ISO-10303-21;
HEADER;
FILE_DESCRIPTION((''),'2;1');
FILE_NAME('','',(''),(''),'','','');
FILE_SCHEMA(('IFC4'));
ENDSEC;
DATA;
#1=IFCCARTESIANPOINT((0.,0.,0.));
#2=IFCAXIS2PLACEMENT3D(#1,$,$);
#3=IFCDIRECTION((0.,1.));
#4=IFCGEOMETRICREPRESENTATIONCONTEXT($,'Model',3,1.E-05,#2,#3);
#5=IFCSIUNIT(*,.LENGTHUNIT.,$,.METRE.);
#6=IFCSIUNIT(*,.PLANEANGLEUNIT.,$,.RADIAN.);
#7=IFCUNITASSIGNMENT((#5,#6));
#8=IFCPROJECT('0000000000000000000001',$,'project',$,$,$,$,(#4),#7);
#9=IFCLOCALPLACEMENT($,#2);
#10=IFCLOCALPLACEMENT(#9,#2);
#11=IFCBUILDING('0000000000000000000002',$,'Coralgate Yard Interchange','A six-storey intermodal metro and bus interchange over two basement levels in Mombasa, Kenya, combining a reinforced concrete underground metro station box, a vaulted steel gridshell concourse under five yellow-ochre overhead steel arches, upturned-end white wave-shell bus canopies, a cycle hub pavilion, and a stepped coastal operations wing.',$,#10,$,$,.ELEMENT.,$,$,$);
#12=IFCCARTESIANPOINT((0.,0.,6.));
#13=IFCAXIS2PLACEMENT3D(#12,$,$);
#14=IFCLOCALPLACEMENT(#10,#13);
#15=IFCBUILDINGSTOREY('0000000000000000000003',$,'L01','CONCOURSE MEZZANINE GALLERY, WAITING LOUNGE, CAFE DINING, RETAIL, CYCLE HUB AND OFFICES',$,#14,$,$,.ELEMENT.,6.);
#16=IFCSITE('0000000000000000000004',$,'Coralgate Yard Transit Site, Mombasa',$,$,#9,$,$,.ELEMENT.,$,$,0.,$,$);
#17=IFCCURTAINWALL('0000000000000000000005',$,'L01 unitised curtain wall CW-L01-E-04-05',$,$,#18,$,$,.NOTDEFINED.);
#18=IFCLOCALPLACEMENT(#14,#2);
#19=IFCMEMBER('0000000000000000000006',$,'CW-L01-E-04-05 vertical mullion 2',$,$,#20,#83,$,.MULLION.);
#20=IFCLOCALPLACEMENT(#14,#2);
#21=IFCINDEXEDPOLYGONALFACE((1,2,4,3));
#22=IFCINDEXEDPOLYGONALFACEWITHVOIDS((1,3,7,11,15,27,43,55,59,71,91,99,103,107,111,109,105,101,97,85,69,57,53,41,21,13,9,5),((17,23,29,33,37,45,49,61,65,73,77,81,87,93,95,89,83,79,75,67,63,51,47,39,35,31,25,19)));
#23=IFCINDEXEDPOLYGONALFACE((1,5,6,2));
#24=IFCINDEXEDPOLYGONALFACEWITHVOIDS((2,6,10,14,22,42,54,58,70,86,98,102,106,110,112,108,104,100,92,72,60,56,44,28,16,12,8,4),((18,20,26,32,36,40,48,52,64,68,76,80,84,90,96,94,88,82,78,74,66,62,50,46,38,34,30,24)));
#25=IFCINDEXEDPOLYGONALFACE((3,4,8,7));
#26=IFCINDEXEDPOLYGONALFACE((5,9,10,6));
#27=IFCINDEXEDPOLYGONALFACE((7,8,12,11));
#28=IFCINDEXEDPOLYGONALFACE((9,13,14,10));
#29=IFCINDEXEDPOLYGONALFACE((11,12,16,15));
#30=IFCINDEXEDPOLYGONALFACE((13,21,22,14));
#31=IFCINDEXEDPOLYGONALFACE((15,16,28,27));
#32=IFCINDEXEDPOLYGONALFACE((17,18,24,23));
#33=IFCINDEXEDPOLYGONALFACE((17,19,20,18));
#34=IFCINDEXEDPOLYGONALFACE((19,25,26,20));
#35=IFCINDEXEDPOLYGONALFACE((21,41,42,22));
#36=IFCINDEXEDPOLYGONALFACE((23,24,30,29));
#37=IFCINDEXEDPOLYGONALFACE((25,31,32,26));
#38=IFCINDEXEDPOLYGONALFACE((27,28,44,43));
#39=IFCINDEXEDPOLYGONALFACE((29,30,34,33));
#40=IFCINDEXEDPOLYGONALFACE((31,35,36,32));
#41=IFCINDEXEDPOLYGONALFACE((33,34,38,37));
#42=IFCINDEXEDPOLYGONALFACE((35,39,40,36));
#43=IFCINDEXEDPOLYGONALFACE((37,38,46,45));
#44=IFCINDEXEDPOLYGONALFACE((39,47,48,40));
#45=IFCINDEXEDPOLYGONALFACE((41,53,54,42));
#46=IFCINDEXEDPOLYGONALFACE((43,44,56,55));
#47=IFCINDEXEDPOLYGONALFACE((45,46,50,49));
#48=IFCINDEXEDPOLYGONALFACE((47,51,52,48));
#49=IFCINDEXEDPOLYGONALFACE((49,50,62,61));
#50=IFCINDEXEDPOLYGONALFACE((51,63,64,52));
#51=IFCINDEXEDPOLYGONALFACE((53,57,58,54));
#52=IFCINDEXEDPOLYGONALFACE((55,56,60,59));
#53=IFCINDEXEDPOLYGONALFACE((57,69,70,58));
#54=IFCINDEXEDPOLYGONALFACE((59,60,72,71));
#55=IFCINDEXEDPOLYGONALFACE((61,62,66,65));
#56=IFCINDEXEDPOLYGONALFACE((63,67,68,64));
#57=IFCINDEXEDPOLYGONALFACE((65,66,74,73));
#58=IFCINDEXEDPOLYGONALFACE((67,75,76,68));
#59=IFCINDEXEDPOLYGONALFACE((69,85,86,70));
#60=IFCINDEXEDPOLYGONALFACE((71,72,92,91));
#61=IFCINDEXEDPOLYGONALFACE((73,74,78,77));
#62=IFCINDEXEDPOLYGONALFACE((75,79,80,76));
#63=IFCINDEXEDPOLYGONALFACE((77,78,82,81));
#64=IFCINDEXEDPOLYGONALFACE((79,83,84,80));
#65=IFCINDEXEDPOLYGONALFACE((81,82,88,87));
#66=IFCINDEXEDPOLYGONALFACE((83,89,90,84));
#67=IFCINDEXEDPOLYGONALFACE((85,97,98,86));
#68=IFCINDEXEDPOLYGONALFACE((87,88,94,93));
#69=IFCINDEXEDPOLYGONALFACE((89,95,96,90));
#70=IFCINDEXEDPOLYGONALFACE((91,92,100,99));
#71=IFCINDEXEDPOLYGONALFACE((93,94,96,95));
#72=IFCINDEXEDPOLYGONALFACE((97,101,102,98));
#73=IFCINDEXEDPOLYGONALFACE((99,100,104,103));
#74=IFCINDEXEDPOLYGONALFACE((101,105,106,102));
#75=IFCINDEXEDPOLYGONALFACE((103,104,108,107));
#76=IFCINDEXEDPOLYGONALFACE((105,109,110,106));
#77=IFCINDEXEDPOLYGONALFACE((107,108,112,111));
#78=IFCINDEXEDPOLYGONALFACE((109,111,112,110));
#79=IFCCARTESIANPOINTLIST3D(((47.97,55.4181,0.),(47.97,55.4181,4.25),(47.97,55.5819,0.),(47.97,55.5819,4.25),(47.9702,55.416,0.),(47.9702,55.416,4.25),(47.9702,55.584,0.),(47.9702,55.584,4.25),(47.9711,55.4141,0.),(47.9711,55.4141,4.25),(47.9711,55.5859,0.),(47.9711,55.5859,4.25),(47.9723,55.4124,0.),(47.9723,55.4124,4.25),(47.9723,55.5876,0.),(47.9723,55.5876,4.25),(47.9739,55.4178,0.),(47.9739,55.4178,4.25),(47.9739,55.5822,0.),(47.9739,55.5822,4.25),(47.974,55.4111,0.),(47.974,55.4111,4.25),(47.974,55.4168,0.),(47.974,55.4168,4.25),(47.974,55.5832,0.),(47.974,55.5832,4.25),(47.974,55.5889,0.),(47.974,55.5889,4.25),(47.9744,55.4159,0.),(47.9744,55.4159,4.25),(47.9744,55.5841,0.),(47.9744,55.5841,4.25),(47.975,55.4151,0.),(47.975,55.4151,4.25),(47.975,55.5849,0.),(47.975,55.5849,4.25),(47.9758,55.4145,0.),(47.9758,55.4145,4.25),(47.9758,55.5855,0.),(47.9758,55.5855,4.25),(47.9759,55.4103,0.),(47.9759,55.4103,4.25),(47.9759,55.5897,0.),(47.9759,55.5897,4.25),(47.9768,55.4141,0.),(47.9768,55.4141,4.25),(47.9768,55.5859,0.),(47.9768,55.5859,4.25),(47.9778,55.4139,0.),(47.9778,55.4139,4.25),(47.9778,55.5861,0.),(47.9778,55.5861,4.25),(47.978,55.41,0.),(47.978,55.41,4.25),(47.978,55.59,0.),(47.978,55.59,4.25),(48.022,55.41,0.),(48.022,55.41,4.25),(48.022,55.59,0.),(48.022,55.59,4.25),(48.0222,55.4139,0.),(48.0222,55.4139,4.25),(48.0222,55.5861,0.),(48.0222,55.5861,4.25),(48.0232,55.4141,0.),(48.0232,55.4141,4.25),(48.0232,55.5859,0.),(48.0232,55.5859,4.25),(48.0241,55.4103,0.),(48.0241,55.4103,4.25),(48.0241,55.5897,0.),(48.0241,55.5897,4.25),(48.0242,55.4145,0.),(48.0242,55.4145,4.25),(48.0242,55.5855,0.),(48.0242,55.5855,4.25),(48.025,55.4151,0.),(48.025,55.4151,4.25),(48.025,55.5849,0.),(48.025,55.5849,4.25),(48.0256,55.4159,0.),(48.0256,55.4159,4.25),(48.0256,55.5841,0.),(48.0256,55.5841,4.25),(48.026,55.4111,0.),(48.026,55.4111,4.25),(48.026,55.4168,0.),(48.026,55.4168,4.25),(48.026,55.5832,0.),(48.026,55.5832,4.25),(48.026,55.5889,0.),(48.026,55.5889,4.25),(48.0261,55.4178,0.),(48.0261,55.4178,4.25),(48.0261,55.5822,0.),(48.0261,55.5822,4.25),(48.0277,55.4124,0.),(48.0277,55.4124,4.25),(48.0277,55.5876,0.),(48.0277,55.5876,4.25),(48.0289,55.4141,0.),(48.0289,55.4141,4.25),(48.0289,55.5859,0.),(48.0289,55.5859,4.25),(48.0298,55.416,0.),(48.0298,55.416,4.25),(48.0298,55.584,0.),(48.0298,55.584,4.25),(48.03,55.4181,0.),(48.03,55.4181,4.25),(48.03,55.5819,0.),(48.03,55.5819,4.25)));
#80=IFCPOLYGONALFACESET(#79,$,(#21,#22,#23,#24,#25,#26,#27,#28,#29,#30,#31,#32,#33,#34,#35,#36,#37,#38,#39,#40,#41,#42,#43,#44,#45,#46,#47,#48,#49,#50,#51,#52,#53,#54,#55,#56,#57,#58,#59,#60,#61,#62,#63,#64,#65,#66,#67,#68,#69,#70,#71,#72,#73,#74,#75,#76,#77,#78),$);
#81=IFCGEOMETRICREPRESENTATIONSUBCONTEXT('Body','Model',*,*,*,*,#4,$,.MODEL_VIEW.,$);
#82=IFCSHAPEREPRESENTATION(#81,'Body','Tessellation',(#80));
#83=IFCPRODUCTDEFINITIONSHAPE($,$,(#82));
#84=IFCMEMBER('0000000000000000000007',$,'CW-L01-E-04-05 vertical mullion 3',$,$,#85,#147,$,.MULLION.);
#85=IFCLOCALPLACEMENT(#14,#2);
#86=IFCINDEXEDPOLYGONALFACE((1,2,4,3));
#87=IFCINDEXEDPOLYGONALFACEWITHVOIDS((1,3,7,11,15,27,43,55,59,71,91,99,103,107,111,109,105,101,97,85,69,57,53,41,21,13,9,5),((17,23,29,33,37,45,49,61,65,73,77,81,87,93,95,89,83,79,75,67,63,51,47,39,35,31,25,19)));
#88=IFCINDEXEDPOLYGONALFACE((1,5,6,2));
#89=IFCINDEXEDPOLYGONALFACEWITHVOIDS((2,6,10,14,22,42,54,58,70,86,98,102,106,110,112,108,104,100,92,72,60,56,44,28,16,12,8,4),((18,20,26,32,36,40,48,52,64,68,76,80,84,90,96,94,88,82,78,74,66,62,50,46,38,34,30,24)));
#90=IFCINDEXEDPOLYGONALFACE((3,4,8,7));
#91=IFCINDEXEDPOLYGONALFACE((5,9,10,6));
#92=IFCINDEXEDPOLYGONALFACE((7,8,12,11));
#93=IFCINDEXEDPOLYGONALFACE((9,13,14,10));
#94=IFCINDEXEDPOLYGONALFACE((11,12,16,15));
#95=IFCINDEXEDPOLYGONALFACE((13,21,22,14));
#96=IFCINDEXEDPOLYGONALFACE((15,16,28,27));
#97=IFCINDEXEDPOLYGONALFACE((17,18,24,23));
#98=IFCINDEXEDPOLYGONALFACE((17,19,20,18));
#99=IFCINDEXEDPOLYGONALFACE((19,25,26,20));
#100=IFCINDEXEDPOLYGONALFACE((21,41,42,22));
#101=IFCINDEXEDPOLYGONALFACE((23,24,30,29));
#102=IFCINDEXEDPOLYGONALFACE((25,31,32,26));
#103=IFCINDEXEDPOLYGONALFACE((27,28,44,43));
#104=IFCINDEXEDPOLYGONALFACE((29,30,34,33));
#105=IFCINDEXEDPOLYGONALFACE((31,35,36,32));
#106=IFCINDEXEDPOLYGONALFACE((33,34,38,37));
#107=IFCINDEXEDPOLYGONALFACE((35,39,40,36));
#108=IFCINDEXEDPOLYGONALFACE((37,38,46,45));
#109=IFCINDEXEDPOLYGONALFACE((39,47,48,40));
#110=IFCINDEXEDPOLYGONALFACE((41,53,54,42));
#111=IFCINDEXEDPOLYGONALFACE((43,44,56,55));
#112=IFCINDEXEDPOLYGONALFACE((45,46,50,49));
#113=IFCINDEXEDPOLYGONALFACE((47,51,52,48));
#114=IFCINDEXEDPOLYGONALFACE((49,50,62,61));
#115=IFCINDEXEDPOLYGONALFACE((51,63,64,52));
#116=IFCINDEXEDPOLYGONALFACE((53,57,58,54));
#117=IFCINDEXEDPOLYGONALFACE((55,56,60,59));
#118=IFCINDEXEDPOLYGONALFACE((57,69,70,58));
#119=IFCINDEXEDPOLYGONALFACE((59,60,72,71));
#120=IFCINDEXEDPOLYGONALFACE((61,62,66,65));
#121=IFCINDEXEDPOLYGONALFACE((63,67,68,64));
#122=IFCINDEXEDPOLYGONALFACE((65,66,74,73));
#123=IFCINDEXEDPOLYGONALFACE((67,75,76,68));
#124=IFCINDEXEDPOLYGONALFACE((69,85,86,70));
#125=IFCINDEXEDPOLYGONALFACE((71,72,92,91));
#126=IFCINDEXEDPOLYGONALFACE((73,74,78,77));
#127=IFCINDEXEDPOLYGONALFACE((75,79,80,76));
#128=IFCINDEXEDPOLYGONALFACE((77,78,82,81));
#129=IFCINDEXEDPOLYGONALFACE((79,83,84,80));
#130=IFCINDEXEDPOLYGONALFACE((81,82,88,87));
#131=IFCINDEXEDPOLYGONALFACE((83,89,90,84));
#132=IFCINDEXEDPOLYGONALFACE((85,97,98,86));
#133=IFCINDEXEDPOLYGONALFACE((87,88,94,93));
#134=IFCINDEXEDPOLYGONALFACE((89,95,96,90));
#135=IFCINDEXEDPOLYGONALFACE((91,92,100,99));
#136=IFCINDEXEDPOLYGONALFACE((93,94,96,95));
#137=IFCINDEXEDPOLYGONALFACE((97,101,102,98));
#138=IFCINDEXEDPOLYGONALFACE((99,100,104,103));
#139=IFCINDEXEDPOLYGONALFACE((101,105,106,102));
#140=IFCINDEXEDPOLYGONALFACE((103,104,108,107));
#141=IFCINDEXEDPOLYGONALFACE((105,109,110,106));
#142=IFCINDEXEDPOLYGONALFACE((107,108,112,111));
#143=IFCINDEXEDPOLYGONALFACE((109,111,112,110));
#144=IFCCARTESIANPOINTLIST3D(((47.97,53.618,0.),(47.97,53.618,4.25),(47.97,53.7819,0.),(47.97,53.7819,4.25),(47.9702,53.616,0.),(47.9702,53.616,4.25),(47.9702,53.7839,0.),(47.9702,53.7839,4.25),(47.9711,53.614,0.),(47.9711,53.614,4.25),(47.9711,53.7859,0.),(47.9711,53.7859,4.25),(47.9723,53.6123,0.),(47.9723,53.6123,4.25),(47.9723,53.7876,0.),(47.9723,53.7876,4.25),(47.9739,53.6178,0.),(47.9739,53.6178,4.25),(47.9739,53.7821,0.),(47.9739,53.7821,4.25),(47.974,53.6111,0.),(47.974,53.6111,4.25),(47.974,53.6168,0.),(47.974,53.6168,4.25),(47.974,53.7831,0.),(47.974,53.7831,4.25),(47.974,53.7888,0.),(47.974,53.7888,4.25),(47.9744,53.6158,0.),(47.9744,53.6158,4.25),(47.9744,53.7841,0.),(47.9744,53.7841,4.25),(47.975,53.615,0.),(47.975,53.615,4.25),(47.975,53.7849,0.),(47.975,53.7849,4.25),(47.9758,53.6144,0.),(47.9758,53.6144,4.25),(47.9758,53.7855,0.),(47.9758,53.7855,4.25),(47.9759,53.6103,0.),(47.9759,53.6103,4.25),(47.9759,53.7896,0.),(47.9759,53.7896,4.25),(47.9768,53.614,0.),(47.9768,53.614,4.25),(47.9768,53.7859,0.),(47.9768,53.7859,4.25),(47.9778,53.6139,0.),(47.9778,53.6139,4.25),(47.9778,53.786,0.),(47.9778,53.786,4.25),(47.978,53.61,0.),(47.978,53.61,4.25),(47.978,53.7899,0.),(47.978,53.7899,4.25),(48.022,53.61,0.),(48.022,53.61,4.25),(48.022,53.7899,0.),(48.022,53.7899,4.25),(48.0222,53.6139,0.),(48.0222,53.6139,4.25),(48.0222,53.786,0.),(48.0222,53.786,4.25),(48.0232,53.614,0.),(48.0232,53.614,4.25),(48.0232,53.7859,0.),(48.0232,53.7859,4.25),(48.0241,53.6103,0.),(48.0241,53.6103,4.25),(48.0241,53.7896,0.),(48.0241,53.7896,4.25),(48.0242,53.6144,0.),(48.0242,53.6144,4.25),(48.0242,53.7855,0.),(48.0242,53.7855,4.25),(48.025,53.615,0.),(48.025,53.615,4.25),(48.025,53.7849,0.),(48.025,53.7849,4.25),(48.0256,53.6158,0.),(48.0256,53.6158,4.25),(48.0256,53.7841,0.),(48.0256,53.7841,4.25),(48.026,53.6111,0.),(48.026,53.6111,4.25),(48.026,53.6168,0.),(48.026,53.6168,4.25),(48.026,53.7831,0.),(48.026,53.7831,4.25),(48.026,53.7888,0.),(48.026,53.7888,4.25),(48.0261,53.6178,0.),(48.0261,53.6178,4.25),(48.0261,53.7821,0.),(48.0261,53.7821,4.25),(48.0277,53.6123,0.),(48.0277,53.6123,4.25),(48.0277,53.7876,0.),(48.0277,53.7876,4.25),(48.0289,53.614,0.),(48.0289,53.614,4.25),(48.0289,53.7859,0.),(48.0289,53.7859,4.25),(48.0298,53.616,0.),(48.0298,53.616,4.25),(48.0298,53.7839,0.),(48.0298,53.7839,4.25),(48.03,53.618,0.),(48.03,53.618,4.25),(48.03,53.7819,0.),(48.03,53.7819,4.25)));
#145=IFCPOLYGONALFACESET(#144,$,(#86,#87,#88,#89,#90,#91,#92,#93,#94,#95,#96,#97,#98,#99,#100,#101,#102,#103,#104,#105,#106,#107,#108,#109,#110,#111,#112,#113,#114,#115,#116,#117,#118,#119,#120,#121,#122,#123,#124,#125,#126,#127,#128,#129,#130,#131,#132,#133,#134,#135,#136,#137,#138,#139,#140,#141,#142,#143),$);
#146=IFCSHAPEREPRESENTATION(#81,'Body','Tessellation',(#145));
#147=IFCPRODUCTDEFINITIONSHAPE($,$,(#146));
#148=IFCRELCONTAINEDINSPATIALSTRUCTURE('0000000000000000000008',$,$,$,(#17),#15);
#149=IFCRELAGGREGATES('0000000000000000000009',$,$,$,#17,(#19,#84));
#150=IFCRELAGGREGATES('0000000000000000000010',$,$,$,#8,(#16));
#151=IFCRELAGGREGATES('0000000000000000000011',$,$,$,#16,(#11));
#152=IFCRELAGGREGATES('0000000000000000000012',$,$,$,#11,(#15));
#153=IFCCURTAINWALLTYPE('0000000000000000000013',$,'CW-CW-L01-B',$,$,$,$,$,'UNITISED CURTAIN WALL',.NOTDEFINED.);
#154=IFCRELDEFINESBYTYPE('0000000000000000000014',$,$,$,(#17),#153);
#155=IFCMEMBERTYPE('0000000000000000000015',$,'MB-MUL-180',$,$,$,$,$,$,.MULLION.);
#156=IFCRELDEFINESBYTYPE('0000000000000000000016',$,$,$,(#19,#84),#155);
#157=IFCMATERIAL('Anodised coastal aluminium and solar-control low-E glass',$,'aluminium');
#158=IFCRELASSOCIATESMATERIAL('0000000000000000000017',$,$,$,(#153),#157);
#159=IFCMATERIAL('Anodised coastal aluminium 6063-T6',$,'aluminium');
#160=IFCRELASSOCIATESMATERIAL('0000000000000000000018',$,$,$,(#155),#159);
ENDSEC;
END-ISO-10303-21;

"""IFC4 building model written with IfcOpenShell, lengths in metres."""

from ifc_helpers import new_model, si_unit, direction, frame, origin, origin_2d, place, context, subcontext, project, spatial, hollow_rectangle, extrude, material, material_profile, profile_set, type_object, element, aggregate, save


model = new_model("IFC4")

# Units and contexts
model_context = context("Model", 3, precision=1e-05, world=origin(), true_north=direction((0.0, 1.0)))
body_context = subcontext(model_context, "Body", "Model", "MODEL_VIEW")
ifc_project = project(units=[si_unit("LENGTHUNIT", "METRE"), si_unit("PLANEANGLEUNIT", "RADIAN")], contexts=[model_context])

# Site, building, storey
site_placement = place(None, origin())
site = spatial("IfcSite", under=ifc_project, at=site_placement, Name="Coralgate Yard Transit Site, Mombasa", CompositionType="ELEMENT", RefElevation=0.0)
building_placement = place(site_placement, origin())
building = spatial("IfcBuilding", under=site, at=building_placement, Name="Coralgate Yard Interchange", Description="A six-storey intermodal metro and bus interchange over two basement levels in Mombasa, Kenya, combining a reinforced concrete underground metro station box, a vaulted steel gridshell concourse under five yellow-ochre overhead steel arches, upturned-end white wave-shell bus canopies, a cycle hub pavilion, and a stepped coastal operations wing.", CompositionType="ELEMENT")
storey_placement = place(building_placement, frame((0.0, 0.0, 6.0)))
storey = spatial("IfcBuildingStorey", under=building, at=storey_placement, Name="L01", Description="CONCOURSE MEZZANINE GALLERY, WAITING LOUNGE, CAFE DINING, RETAIL, CYCLE HUB AND OFFICES", CompositionType="ELEMENT", Elevation=6.0)

# Curtain wall, members
ifc_material_1 = material(Name="Anodised coastal aluminium and solar-control low-E glass", Category="aluminium")
curtain_wall_type = type_object("IfcCurtainWallType", Name="CW-CW-L01-B", ElementType="UNITISED CURTAIN WALL", PredefinedType="NOTDEFINED", material=ifc_material_1)
curtain_wall_placement = place(storey_placement, origin())
curtain_wall = element("IfcCurtainWall", 1, at=curtain_wall_placement, inside=storey, type_object=curtain_wall_type, Name="L01 unitised curtain wall CW-L01-E-04-05", PredefinedType="NOTDEFINED")
ifc_material_2 = material(Name="Anodised coastal aluminium 6063-T6", Category="aluminium")
ifc_material_profile_1 = material_profile(ifc_material_2, hollow_rectangle(XDim=0.0601, YDim=0.1799, WallThickness=0.0039, InnerFilletRadius=0.0039, OuterFilletRadius=0.0081, at=origin_2d()), Name="ALU 60x180x4")
ifc_profile_set_1 = profile_set([ifc_material_profile_1], Name="Anodised coastal aluminium 6063-T6")
member_type_1 = type_object("IfcMemberType", Name="MB-MUL-180", PredefinedType="MULLION", material=ifc_profile_set_1)
member_1_placement = place(storey_placement, frame((48.0, 55.5, 0.0), z_axis=(0.0, 0.0, 1.0), x_axis=(1.0, 0.0, 0.0)))
member_1 = element("IfcMember", 2, at=member_1_placement, type_object=member_type_1, Name="CW-L01-E-04-05 vertical mullion 2", PredefinedType="MULLION", context=body_context, shape_type="SweptSolid", body=[
    extrude(hollow_rectangle(XDim=0.0601, YDim=0.1799, WallThickness=0.0039, InnerFilletRadius=0.0039, OuterFilletRadius=0.0081, at=origin_2d()), origin(), (0.0, 0.0, 1.0), 4.25),
])
member_2_placement = place(storey_placement, frame((48.0, 53.7, 0.0), z_axis=(0.0, 0.0, 1.0), x_axis=(1.0, 0.0, 0.0)))
member_2 = element("IfcMember", 3, at=member_2_placement, type_object=member_type_1, Name="CW-L01-E-04-05 vertical mullion 3", PredefinedType="MULLION", context=body_context, shape_type="SweptSolid", body=[
    extrude(hollow_rectangle(XDim=0.0601, YDim=0.1799, WallThickness=0.0039, InnerFilletRadius=0.0039, OuterFilletRadius=0.0081, at=origin_2d()), origin(), (0.0, 0.0, 1.0), 4.25),
])
aggregate(curtain_wall, [member_1, member_2])

save(model, "model.ifc")
